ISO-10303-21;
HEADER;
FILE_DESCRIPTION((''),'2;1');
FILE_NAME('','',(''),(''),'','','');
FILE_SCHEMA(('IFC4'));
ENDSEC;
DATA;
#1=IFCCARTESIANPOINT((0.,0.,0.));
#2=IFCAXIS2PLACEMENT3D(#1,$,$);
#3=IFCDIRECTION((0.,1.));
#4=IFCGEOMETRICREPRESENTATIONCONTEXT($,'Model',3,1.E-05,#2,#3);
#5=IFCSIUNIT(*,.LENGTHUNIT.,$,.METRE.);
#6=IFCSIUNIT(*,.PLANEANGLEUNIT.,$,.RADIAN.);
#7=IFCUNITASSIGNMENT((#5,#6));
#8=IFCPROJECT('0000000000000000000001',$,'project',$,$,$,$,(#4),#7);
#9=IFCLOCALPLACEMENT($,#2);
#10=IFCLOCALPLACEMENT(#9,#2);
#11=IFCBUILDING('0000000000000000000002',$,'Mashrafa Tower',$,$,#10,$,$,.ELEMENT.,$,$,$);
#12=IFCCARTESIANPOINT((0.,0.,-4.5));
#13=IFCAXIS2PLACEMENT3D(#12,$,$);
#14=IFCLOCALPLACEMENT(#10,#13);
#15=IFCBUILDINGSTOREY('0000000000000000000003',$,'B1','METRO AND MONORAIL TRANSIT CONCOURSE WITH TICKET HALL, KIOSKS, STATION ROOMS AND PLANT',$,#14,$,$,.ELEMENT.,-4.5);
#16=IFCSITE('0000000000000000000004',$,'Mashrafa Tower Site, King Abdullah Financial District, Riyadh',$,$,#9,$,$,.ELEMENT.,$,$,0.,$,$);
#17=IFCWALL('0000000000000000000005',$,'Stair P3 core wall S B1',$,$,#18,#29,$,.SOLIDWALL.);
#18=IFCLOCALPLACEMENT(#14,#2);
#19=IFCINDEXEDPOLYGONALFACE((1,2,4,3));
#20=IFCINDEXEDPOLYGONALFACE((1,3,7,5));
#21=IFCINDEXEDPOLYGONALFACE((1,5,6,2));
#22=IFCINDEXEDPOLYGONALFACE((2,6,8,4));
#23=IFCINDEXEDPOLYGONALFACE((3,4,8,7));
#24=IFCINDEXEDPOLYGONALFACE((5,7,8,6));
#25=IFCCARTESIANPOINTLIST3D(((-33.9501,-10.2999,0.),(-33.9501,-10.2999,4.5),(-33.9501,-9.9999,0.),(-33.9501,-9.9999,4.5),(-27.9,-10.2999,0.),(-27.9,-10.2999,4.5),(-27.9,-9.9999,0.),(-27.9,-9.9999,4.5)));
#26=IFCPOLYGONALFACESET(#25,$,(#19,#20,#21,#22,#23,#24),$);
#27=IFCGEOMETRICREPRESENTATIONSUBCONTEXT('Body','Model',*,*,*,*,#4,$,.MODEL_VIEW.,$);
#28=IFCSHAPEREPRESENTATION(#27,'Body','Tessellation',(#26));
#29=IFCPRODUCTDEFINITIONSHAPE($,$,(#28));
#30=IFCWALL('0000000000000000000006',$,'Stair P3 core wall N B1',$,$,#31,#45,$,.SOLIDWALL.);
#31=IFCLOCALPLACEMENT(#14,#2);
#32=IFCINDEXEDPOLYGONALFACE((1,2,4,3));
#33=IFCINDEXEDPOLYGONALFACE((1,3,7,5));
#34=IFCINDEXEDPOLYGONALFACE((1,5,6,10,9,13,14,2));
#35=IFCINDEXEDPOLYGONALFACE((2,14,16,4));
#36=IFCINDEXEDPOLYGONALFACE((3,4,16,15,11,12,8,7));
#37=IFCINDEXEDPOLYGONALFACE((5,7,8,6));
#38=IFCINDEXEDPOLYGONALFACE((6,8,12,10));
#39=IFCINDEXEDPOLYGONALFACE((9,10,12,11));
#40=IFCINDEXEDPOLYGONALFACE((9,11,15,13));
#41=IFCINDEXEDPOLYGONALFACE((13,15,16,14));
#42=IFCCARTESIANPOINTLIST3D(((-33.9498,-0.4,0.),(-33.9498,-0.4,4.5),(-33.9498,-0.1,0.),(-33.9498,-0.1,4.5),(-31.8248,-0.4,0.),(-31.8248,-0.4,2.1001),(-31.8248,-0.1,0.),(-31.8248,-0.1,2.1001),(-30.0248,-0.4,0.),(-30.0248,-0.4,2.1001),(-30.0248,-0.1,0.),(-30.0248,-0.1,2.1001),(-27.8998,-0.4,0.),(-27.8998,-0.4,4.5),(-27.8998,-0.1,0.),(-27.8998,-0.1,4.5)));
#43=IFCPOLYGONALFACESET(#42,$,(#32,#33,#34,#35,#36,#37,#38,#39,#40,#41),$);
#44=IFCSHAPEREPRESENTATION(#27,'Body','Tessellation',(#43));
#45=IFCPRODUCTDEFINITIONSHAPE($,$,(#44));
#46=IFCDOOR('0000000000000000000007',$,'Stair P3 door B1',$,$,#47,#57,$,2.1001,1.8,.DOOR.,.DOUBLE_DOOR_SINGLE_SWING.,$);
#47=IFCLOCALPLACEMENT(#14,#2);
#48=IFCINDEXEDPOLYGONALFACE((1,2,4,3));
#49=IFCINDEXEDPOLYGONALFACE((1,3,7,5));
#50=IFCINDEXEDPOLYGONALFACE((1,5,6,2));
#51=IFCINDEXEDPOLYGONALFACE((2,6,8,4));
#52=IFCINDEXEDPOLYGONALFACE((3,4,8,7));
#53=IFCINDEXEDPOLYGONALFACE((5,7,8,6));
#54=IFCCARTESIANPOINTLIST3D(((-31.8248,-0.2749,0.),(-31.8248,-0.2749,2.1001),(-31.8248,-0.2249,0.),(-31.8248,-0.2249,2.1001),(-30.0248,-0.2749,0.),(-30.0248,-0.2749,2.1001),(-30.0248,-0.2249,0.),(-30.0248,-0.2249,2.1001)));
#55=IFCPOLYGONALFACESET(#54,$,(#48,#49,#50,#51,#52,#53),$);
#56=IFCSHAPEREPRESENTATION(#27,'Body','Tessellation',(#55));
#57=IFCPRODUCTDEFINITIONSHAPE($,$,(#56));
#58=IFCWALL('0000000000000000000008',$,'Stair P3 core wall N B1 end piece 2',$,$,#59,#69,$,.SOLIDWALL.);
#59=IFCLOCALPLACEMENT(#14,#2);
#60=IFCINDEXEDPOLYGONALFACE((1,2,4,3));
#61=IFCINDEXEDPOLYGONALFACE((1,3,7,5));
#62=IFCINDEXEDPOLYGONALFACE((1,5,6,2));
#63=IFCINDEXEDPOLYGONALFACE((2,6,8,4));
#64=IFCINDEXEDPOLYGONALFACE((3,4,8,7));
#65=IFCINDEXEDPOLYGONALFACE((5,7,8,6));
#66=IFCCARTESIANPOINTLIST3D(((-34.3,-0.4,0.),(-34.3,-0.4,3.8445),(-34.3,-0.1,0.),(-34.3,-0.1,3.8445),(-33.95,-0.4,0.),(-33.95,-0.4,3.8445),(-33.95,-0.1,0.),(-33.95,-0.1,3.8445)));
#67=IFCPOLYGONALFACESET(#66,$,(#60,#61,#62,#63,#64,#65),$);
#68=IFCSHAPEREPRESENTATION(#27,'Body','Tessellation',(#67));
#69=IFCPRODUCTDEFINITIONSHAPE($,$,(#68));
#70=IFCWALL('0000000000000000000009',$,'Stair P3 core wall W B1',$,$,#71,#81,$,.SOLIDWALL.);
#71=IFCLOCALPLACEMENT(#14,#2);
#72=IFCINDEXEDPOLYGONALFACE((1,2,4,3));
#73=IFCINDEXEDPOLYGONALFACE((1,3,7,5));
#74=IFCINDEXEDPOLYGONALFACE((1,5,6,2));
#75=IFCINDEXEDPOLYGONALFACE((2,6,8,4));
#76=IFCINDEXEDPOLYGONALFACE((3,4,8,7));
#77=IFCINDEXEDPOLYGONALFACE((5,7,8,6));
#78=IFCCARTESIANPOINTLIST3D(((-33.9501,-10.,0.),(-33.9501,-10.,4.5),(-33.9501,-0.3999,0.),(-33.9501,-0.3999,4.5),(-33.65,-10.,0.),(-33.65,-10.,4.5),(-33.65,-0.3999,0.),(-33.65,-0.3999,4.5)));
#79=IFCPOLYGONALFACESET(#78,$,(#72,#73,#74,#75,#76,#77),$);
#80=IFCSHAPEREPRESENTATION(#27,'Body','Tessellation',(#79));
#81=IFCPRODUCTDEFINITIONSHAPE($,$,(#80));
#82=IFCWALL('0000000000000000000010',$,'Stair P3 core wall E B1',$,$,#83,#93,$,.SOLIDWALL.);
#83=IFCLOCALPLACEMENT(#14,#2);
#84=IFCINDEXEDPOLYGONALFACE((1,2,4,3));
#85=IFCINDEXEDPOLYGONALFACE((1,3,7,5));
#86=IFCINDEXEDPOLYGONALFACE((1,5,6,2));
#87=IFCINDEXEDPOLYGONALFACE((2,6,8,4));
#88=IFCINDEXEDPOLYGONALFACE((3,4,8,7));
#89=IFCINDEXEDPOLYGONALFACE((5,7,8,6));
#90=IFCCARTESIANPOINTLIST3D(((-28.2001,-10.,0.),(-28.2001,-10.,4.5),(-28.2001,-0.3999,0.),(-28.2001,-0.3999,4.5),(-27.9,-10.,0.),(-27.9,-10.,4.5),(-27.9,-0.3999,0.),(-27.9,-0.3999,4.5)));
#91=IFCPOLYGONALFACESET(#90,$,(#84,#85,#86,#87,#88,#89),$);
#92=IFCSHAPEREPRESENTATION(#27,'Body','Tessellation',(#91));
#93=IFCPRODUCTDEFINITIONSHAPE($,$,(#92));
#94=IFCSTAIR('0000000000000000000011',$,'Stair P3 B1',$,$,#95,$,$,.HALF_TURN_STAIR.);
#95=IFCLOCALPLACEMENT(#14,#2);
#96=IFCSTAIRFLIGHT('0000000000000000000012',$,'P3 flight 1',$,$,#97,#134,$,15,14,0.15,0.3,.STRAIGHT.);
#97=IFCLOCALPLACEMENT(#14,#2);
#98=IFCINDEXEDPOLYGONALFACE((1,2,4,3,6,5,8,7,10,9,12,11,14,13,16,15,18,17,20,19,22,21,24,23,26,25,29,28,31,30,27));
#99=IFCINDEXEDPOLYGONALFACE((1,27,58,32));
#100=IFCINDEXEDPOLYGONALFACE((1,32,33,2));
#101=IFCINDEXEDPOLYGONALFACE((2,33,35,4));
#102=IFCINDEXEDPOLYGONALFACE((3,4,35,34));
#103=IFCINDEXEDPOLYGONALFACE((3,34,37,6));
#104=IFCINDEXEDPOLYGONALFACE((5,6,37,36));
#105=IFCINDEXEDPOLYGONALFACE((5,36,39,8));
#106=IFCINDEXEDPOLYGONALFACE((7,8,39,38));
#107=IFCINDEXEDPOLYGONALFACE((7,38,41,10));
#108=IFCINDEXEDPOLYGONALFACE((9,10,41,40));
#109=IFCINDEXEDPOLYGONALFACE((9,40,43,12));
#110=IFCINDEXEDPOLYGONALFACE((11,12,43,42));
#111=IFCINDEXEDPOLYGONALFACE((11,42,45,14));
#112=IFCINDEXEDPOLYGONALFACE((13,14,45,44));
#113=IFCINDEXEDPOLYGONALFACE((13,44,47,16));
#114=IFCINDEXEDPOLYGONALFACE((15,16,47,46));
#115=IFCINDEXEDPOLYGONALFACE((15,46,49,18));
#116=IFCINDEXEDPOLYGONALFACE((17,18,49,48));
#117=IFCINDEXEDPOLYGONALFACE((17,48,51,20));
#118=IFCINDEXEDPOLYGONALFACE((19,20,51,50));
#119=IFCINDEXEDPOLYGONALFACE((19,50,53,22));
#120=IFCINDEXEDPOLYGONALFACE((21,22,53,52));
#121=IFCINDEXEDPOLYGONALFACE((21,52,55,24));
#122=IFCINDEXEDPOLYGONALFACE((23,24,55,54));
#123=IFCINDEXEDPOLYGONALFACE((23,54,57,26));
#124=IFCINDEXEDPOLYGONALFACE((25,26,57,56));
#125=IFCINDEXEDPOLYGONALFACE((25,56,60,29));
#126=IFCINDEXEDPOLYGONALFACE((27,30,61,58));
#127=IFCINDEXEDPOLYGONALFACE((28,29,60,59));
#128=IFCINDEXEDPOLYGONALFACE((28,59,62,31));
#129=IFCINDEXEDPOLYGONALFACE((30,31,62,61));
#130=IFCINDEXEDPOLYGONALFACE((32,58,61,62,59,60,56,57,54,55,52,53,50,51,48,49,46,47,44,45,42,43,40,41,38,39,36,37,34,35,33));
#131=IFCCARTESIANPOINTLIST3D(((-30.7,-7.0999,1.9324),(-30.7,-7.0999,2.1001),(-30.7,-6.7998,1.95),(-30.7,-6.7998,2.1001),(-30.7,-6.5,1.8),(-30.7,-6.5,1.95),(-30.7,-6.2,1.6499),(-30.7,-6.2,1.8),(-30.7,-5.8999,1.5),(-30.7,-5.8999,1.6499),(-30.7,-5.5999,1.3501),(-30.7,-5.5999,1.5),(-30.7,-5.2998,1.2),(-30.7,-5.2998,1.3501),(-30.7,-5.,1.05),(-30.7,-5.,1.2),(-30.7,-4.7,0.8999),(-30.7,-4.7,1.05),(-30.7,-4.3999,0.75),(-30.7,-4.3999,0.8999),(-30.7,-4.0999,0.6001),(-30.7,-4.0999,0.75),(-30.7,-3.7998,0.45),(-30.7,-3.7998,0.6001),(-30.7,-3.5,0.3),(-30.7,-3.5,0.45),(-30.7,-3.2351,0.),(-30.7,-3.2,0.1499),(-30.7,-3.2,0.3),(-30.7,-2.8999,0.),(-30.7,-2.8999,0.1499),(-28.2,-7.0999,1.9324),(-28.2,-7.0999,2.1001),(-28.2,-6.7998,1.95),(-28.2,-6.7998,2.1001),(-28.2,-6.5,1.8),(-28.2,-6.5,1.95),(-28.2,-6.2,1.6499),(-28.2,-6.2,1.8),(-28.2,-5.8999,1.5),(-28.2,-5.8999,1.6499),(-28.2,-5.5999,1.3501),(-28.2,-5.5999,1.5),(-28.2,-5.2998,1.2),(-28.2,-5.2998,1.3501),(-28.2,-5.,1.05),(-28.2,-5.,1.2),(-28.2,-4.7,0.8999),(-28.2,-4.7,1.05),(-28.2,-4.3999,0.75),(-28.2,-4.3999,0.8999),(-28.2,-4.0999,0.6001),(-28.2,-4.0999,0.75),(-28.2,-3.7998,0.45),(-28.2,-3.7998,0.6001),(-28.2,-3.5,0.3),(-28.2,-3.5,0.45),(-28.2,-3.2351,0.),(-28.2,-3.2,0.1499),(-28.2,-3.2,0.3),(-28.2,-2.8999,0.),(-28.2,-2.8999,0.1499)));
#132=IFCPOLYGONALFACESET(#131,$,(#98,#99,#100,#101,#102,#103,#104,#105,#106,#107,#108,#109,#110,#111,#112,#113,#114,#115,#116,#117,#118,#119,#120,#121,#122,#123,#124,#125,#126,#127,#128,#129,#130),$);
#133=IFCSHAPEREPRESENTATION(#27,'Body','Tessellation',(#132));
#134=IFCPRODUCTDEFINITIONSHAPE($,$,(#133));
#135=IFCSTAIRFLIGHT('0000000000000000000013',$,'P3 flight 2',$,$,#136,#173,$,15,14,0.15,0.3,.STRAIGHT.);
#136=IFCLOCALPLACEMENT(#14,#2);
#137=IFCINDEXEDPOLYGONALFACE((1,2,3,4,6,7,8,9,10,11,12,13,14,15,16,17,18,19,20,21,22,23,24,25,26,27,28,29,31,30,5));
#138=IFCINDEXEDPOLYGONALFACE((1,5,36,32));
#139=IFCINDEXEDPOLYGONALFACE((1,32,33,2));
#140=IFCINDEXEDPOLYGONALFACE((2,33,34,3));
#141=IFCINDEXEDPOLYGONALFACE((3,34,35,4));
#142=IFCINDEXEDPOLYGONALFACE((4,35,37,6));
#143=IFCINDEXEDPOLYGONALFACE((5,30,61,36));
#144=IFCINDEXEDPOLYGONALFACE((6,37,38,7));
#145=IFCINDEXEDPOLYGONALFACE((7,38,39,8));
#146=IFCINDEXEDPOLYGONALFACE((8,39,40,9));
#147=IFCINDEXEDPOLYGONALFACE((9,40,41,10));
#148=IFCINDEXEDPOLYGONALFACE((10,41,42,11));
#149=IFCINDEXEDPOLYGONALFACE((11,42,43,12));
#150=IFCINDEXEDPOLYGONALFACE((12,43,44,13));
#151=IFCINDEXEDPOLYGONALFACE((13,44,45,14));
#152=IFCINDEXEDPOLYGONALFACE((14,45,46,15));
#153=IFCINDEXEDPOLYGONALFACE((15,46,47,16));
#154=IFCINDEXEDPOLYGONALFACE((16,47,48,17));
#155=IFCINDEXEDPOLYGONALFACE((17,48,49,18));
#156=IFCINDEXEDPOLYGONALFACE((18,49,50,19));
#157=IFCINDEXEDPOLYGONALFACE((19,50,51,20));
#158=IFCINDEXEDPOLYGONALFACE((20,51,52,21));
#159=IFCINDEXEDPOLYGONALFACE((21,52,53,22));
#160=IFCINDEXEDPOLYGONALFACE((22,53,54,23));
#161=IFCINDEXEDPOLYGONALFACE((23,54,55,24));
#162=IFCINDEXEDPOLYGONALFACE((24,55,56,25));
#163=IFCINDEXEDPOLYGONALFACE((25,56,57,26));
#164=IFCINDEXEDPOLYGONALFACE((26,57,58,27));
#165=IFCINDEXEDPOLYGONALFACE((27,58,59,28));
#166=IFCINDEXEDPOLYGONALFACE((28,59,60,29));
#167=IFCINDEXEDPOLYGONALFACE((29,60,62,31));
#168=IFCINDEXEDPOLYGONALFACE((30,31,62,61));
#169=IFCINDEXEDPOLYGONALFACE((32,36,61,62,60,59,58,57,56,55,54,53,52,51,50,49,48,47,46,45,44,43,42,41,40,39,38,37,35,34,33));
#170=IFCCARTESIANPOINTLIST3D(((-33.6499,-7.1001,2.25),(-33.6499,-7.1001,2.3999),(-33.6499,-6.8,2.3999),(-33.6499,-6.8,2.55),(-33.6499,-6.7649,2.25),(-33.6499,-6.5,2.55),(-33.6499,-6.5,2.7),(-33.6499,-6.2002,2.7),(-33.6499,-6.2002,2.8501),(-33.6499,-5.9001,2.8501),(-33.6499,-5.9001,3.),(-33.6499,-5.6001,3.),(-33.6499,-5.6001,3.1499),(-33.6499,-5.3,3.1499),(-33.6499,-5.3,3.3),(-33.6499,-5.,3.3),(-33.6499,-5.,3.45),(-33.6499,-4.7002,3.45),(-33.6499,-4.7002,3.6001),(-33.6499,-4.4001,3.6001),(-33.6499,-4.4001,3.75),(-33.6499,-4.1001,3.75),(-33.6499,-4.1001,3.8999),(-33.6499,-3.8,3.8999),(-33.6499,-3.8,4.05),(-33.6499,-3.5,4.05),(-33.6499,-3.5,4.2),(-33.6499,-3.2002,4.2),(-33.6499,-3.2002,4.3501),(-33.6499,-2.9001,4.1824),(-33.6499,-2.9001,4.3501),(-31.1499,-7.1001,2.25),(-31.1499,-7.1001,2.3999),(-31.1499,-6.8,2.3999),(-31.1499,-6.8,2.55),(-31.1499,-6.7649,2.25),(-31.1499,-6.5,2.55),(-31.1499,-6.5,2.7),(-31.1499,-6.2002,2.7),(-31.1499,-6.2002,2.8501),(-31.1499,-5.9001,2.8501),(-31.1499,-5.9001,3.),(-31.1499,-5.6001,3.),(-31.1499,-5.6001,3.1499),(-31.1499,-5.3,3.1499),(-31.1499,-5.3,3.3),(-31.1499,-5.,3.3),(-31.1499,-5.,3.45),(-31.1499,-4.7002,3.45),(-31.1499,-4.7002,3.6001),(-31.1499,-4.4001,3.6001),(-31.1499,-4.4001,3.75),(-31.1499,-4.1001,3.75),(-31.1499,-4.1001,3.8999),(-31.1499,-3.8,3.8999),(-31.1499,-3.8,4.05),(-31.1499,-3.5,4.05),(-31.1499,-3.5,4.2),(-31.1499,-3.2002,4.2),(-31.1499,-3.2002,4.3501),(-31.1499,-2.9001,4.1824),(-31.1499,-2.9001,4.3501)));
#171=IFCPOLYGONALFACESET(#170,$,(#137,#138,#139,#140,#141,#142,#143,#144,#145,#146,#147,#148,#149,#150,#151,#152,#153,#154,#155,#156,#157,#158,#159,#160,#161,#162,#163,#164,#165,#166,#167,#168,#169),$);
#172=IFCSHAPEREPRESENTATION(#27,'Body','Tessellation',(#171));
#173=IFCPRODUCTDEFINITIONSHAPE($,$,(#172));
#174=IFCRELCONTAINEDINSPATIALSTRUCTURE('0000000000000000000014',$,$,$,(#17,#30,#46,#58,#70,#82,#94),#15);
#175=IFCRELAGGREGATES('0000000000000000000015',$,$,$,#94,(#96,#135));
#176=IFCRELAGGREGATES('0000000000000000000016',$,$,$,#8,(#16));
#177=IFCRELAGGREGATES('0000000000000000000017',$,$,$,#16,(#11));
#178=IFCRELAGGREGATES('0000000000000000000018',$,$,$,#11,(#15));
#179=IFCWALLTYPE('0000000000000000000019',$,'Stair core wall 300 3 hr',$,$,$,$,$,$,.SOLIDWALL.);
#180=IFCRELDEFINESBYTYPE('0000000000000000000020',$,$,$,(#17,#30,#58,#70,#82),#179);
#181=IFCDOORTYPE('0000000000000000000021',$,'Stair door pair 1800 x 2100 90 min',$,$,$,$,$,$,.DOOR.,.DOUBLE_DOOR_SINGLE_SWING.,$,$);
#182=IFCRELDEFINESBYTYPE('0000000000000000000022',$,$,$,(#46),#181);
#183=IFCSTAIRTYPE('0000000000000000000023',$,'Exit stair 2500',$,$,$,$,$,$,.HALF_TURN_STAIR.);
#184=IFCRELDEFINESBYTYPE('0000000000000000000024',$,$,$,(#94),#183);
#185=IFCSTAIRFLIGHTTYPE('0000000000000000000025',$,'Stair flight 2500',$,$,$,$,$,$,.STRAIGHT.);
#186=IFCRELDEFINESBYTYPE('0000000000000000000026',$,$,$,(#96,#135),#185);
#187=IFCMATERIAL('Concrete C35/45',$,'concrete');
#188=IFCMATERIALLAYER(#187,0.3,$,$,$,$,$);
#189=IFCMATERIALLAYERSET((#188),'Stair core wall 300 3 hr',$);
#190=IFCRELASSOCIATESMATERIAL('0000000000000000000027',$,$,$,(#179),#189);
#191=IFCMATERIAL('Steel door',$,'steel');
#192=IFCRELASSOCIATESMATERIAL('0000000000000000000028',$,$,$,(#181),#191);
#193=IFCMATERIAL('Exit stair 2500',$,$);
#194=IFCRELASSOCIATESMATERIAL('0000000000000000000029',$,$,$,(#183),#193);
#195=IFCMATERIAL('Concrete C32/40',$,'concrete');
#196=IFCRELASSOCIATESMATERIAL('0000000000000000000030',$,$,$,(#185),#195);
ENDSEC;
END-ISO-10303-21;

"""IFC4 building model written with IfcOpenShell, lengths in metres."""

from ifc_helpers import new_model, si_unit, direction, frame, frame_2d, origin, place, context, subcontext, project, spatial, polyline, rectangle, outline, extrude, material, layer, layer_set, type_object, element, fill, aggregate, save


model = new_model("IFC4")

# Units and contexts
model_context = context("Model", 3, precision=1e-05, world=origin(), true_north=direction((0.0, 1.0)))
body_context = subcontext(model_context, "Body", "Model", "MODEL_VIEW")
ifc_project = project(units=[si_unit("LENGTHUNIT", "METRE"), si_unit("PLANEANGLEUNIT", "RADIAN")], contexts=[model_context])

# Site, building, storey
site_placement = place(None, origin())
site = spatial("IfcSite", under=ifc_project, at=site_placement, Name="Mashrafa Tower Site, King Abdullah Financial District, Riyadh", CompositionType="ELEMENT", RefElevation=0.0)
building_placement = place(site_placement, origin())
building = spatial("IfcBuilding", under=site, at=building_placement, Name="Mashrafa Tower", CompositionType="ELEMENT")
storey_placement = place(building_placement, frame((0.0, 0.0, -4.5)))
storey = spatial("IfcBuildingStorey", under=building, at=storey_placement, Name="B1", Description="METRO AND MONORAIL TRANSIT CONCOURSE WITH TICKET HALL, KIOSKS, STATION ROOMS AND PLANT", CompositionType="ELEMENT", Elevation=-4.5)

# Wall
ifc_material_1 = material(Name="Concrete C35/45", Category="concrete")
ifc_layer_1 = layer(ifc_material_1, 0.3)
ifc_layer_set_1 = layer_set([ifc_layer_1], Name="Stair core wall 300 3 hr")
wall_type_1 = type_object("IfcWallType", Name="Stair core wall 300 3 hr", PredefinedType="SOLIDWALL", material=ifc_layer_set_1)
wall_1_placement = place(storey_placement, frame((-33.95, -10.1499, 0.0), z_axis=(0.0, 0.0, 1.0), x_axis=(1.0, 0.0, 0.0)))
element("IfcWall", 1, at=wall_1_placement, inside=storey, type_object=wall_type_1, Name="Stair P3 core wall S B1", PredefinedType="SOLIDWALL", context=body_context, shape_type="SweptSolid", body=[
    extrude(rectangle(XDim=6.05, YDim=0.3, at=frame_2d((3.0249, 0.0))), origin(), (0.0, 0.0, 1.0), 4.5),
])

# Wall, opening, door
wall_2_placement = place(storey_placement, frame((-27.8999, -0.25, 0.0), z_axis=(0.0, 0.0, 1.0), x_axis=(-1.0, 0.0, 0.0)))
wall_2 = element("IfcWall", 2, at=wall_2_placement, inside=storey, type_object=wall_type_1, Name="Stair P3 core wall N B1", PredefinedType="SOLIDWALL", context=body_context, shape_type="SweptSolid", body=[
    extrude(rectangle(XDim=6.05, YDim=0.3, at=frame_2d((3.0249, 0.0))), origin(), (0.0, 0.0, 1.0), 4.5),
])
opening_1_placement = place(wall_2_placement, frame((2.125, 0.0, 0.0)))
opening_1 = element("IfcOpeningElement", 3, at=opening_1_placement, cuts=wall_2, PredefinedType="OPENING", context=body_context, shape_type="SweptSolid", body=[
    extrude(rectangle(XDim=1.8, YDim=2.1001, at=frame_2d((0.8999, 1.05))), frame((0.0, 0.1599, 0.0), z_axis=(0.0, -1.0, 0.0), x_axis=(1.0, 0.0, 0.0)), (0.0, 0.0, 1.0), 0.3201),
])
ifc_material_2 = material(Name="Steel door", Category="steel")
door_type_1 = type_object("IfcDoorType", Name="Stair door pair 1800 x 2100 90 min", OperationType="DOUBLE_DOOR_SINGLE_SWING", PredefinedType="DOOR", material=ifc_material_2)
door_1_placement = place(opening_1_placement, origin())
door_1 = element("IfcDoor", 4, at=door_1_placement, inside=storey, type_object=door_type_1, Name="Stair P3 door B1", OperationType="DOUBLE_DOOR_SINGLE_SWING", OverallHeight=2.1001, OverallWidth=1.8, PredefinedType="DOOR", context=body_context, shape_type="SweptSolid", body=[
    extrude(rectangle(XDim=1.8, YDim=2.1001, at=frame_2d((0.8999, 1.05))), frame((0.0, 0.0249, 0.0), z_axis=(0.0, -1.0, 0.0), x_axis=(1.0, 0.0, 0.0)), (0.0, 0.0, 1.0), 0.05),
])
fill(opening_1, door_1)

# Walls
wall_3_placement = place(storey_placement, frame((-33.95, -0.25, 0.0), z_axis=(0.0, 0.0, 1.0), x_axis=(-1.0, 0.0, 0.0)))
element("IfcWall", 5, at=wall_3_placement, inside=storey, type_object=wall_type_1, Name="Stair P3 core wall N B1 end piece 2", PredefinedType="SOLIDWALL", context=body_context, shape_type="SweptSolid", body=[
    extrude(rectangle(XDim=0.3501, YDim=0.3, at=frame_2d((0.175, 0.0))), origin(), (0.0, 0.0, 1.0), 3.8445),
])
for number, where, z_axis, x_axis, name in (
    (6, (-33.8, -0.3999, 0.0), (0.0, 0.0, 1.0), (0.0, -1.0, 0.0), "Stair P3 core wall W B1"),
    (7, (-28.05, -10.0, 0.0), (0.0, 0.0, 1.0), (0.0, 1.0, 0.0), "Stair P3 core wall E B1"),
):
    element("IfcWall", number, at=place(storey_placement, frame(where, z_axis=z_axis, x_axis=x_axis)), inside=storey, type_object=wall_type_1, Name=name, PredefinedType="SOLIDWALL", context=body_context, shape_type="SweptSolid", body=[
        extrude(rectangle(XDim=9.6001, YDim=0.3, at=frame_2d((4.8, 0.0))), origin(), (0.0, 0.0, 1.0), 4.5),
    ])

# Stair, stair flights
ifc_material_3 = material(Name="Exit stair 2500")
stair_type = type_object("IfcStairType", Name="Exit stair 2500", PredefinedType="HALF_TURN_STAIR", material=ifc_material_3)
stair_placement = place(storey_placement, origin())
stair = element("IfcStair", 8, at=stair_placement, inside=storey, type_object=stair_type, Name="Stair P3 B1", PredefinedType="HALF_TURN_STAIR")
ifc_material_4 = material(Name="Concrete C32/40", Category="concrete")
stair_flight_type = type_object("IfcStairFlightType", Name="Stair flight 2500", PredefinedType="STRAIGHT", material=ifc_material_4)
stair_flight_1_placement = place(storey_placement, frame((-29.45, -2.8999, 0.0), z_axis=(0.0, 0.0, 1.0), x_axis=(0.0, -1.0, 0.0)))
stair_flight_1 = element("IfcStairFlight", 9, at=stair_flight_1_placement, type_object=stair_flight_type, Name="P3 flight 1", NumberOfRisers=15, NumberOfTreads=14, PredefinedType="STRAIGHT", RiserHeight=0.15, TreadLength=0.3, context=body_context, shape_type="SweptSolid", body=[
    extrude(outline(polyline([(0.0, 0.0), (0.0, 0.1499), (0.3, 0.1499), (0.3, 0.3), (0.6001, 0.3), (0.6001, 0.45), (0.8999, 0.45), (0.8999, 0.6001), (1.2, 0.6001), (1.2, 0.75), (1.5, 0.75), (1.5, 0.8999), (1.8, 0.8999), (1.8, 1.05), (2.1001, 1.05), (2.1001, 1.2), (2.3999, 1.2), (2.3999, 1.3501), (2.7, 1.3501), (2.7, 1.5), (3.0, 1.5), (3.0, 1.6499), (3.3, 1.6499), (3.3, 1.8), (3.6001, 1.8), (3.6001, 1.95), (3.8999, 1.95), (3.8999, 2.1001), (4.2, 2.1001), (4.2, 2.25), (4.2, 1.9324), (0.3352, 0.0), (0.0, 0.0)])), frame((0.0, 1.25, 0.0), z_axis=(0.0, -1.0, 0.0), x_axis=(1.0, 0.0, 0.0)), (0.0, 0.0, 1.0), 2.5),
])
stair_flight_2_placement = place(storey_placement, frame((-32.3999, -7.1001, 2.25), z_axis=(0.0, 0.0, 1.0), x_axis=(0.0, 1.0, 0.0)))
stair_flight_2 = element("IfcStairFlight", 10, at=stair_flight_2_placement, type_object=stair_flight_type, Name="P3 flight 2", NumberOfRisers=15, NumberOfTreads=14, PredefinedType="STRAIGHT", RiserHeight=0.15, TreadLength=0.3, context=body_context, shape_type="SweptSolid", body=[
    extrude(outline(polyline([(0.0, 0.0), (0.0, 0.1499), (0.3, 0.1499), (0.3, 0.3), (0.6001, 0.3), (0.6001, 0.45), (0.8999, 0.45), (0.8999, 0.6001), (1.2, 0.6001), (1.2, 0.75), (1.5, 0.75), (1.5, 0.8999), (1.8, 0.8999), (1.8, 1.05), (2.1001, 1.05), (2.1001, 1.2), (2.3999, 1.2), (2.3999, 1.3501), (2.7, 1.3501), (2.7, 1.5), (3.0, 1.5), (3.0, 1.6499), (3.3, 1.6499), (3.3, 1.8), (3.6001, 1.8), (3.6001, 1.95), (3.8999, 1.95), (3.8999, 2.1001), (4.2, 2.1001), (4.2, 2.25), (4.2, 1.9324), (0.3352, 0.0), (0.0, 0.0)])), frame((0.0, 1.25, 0.0), z_axis=(0.0, -1.0, 0.0), x_axis=(1.0, 0.0, 0.0)), (0.0, 0.0, 1.0), 2.5),
])
aggregate(stair, [stair_flight_1, stair_flight_2])

save(model, "model.ifc")
